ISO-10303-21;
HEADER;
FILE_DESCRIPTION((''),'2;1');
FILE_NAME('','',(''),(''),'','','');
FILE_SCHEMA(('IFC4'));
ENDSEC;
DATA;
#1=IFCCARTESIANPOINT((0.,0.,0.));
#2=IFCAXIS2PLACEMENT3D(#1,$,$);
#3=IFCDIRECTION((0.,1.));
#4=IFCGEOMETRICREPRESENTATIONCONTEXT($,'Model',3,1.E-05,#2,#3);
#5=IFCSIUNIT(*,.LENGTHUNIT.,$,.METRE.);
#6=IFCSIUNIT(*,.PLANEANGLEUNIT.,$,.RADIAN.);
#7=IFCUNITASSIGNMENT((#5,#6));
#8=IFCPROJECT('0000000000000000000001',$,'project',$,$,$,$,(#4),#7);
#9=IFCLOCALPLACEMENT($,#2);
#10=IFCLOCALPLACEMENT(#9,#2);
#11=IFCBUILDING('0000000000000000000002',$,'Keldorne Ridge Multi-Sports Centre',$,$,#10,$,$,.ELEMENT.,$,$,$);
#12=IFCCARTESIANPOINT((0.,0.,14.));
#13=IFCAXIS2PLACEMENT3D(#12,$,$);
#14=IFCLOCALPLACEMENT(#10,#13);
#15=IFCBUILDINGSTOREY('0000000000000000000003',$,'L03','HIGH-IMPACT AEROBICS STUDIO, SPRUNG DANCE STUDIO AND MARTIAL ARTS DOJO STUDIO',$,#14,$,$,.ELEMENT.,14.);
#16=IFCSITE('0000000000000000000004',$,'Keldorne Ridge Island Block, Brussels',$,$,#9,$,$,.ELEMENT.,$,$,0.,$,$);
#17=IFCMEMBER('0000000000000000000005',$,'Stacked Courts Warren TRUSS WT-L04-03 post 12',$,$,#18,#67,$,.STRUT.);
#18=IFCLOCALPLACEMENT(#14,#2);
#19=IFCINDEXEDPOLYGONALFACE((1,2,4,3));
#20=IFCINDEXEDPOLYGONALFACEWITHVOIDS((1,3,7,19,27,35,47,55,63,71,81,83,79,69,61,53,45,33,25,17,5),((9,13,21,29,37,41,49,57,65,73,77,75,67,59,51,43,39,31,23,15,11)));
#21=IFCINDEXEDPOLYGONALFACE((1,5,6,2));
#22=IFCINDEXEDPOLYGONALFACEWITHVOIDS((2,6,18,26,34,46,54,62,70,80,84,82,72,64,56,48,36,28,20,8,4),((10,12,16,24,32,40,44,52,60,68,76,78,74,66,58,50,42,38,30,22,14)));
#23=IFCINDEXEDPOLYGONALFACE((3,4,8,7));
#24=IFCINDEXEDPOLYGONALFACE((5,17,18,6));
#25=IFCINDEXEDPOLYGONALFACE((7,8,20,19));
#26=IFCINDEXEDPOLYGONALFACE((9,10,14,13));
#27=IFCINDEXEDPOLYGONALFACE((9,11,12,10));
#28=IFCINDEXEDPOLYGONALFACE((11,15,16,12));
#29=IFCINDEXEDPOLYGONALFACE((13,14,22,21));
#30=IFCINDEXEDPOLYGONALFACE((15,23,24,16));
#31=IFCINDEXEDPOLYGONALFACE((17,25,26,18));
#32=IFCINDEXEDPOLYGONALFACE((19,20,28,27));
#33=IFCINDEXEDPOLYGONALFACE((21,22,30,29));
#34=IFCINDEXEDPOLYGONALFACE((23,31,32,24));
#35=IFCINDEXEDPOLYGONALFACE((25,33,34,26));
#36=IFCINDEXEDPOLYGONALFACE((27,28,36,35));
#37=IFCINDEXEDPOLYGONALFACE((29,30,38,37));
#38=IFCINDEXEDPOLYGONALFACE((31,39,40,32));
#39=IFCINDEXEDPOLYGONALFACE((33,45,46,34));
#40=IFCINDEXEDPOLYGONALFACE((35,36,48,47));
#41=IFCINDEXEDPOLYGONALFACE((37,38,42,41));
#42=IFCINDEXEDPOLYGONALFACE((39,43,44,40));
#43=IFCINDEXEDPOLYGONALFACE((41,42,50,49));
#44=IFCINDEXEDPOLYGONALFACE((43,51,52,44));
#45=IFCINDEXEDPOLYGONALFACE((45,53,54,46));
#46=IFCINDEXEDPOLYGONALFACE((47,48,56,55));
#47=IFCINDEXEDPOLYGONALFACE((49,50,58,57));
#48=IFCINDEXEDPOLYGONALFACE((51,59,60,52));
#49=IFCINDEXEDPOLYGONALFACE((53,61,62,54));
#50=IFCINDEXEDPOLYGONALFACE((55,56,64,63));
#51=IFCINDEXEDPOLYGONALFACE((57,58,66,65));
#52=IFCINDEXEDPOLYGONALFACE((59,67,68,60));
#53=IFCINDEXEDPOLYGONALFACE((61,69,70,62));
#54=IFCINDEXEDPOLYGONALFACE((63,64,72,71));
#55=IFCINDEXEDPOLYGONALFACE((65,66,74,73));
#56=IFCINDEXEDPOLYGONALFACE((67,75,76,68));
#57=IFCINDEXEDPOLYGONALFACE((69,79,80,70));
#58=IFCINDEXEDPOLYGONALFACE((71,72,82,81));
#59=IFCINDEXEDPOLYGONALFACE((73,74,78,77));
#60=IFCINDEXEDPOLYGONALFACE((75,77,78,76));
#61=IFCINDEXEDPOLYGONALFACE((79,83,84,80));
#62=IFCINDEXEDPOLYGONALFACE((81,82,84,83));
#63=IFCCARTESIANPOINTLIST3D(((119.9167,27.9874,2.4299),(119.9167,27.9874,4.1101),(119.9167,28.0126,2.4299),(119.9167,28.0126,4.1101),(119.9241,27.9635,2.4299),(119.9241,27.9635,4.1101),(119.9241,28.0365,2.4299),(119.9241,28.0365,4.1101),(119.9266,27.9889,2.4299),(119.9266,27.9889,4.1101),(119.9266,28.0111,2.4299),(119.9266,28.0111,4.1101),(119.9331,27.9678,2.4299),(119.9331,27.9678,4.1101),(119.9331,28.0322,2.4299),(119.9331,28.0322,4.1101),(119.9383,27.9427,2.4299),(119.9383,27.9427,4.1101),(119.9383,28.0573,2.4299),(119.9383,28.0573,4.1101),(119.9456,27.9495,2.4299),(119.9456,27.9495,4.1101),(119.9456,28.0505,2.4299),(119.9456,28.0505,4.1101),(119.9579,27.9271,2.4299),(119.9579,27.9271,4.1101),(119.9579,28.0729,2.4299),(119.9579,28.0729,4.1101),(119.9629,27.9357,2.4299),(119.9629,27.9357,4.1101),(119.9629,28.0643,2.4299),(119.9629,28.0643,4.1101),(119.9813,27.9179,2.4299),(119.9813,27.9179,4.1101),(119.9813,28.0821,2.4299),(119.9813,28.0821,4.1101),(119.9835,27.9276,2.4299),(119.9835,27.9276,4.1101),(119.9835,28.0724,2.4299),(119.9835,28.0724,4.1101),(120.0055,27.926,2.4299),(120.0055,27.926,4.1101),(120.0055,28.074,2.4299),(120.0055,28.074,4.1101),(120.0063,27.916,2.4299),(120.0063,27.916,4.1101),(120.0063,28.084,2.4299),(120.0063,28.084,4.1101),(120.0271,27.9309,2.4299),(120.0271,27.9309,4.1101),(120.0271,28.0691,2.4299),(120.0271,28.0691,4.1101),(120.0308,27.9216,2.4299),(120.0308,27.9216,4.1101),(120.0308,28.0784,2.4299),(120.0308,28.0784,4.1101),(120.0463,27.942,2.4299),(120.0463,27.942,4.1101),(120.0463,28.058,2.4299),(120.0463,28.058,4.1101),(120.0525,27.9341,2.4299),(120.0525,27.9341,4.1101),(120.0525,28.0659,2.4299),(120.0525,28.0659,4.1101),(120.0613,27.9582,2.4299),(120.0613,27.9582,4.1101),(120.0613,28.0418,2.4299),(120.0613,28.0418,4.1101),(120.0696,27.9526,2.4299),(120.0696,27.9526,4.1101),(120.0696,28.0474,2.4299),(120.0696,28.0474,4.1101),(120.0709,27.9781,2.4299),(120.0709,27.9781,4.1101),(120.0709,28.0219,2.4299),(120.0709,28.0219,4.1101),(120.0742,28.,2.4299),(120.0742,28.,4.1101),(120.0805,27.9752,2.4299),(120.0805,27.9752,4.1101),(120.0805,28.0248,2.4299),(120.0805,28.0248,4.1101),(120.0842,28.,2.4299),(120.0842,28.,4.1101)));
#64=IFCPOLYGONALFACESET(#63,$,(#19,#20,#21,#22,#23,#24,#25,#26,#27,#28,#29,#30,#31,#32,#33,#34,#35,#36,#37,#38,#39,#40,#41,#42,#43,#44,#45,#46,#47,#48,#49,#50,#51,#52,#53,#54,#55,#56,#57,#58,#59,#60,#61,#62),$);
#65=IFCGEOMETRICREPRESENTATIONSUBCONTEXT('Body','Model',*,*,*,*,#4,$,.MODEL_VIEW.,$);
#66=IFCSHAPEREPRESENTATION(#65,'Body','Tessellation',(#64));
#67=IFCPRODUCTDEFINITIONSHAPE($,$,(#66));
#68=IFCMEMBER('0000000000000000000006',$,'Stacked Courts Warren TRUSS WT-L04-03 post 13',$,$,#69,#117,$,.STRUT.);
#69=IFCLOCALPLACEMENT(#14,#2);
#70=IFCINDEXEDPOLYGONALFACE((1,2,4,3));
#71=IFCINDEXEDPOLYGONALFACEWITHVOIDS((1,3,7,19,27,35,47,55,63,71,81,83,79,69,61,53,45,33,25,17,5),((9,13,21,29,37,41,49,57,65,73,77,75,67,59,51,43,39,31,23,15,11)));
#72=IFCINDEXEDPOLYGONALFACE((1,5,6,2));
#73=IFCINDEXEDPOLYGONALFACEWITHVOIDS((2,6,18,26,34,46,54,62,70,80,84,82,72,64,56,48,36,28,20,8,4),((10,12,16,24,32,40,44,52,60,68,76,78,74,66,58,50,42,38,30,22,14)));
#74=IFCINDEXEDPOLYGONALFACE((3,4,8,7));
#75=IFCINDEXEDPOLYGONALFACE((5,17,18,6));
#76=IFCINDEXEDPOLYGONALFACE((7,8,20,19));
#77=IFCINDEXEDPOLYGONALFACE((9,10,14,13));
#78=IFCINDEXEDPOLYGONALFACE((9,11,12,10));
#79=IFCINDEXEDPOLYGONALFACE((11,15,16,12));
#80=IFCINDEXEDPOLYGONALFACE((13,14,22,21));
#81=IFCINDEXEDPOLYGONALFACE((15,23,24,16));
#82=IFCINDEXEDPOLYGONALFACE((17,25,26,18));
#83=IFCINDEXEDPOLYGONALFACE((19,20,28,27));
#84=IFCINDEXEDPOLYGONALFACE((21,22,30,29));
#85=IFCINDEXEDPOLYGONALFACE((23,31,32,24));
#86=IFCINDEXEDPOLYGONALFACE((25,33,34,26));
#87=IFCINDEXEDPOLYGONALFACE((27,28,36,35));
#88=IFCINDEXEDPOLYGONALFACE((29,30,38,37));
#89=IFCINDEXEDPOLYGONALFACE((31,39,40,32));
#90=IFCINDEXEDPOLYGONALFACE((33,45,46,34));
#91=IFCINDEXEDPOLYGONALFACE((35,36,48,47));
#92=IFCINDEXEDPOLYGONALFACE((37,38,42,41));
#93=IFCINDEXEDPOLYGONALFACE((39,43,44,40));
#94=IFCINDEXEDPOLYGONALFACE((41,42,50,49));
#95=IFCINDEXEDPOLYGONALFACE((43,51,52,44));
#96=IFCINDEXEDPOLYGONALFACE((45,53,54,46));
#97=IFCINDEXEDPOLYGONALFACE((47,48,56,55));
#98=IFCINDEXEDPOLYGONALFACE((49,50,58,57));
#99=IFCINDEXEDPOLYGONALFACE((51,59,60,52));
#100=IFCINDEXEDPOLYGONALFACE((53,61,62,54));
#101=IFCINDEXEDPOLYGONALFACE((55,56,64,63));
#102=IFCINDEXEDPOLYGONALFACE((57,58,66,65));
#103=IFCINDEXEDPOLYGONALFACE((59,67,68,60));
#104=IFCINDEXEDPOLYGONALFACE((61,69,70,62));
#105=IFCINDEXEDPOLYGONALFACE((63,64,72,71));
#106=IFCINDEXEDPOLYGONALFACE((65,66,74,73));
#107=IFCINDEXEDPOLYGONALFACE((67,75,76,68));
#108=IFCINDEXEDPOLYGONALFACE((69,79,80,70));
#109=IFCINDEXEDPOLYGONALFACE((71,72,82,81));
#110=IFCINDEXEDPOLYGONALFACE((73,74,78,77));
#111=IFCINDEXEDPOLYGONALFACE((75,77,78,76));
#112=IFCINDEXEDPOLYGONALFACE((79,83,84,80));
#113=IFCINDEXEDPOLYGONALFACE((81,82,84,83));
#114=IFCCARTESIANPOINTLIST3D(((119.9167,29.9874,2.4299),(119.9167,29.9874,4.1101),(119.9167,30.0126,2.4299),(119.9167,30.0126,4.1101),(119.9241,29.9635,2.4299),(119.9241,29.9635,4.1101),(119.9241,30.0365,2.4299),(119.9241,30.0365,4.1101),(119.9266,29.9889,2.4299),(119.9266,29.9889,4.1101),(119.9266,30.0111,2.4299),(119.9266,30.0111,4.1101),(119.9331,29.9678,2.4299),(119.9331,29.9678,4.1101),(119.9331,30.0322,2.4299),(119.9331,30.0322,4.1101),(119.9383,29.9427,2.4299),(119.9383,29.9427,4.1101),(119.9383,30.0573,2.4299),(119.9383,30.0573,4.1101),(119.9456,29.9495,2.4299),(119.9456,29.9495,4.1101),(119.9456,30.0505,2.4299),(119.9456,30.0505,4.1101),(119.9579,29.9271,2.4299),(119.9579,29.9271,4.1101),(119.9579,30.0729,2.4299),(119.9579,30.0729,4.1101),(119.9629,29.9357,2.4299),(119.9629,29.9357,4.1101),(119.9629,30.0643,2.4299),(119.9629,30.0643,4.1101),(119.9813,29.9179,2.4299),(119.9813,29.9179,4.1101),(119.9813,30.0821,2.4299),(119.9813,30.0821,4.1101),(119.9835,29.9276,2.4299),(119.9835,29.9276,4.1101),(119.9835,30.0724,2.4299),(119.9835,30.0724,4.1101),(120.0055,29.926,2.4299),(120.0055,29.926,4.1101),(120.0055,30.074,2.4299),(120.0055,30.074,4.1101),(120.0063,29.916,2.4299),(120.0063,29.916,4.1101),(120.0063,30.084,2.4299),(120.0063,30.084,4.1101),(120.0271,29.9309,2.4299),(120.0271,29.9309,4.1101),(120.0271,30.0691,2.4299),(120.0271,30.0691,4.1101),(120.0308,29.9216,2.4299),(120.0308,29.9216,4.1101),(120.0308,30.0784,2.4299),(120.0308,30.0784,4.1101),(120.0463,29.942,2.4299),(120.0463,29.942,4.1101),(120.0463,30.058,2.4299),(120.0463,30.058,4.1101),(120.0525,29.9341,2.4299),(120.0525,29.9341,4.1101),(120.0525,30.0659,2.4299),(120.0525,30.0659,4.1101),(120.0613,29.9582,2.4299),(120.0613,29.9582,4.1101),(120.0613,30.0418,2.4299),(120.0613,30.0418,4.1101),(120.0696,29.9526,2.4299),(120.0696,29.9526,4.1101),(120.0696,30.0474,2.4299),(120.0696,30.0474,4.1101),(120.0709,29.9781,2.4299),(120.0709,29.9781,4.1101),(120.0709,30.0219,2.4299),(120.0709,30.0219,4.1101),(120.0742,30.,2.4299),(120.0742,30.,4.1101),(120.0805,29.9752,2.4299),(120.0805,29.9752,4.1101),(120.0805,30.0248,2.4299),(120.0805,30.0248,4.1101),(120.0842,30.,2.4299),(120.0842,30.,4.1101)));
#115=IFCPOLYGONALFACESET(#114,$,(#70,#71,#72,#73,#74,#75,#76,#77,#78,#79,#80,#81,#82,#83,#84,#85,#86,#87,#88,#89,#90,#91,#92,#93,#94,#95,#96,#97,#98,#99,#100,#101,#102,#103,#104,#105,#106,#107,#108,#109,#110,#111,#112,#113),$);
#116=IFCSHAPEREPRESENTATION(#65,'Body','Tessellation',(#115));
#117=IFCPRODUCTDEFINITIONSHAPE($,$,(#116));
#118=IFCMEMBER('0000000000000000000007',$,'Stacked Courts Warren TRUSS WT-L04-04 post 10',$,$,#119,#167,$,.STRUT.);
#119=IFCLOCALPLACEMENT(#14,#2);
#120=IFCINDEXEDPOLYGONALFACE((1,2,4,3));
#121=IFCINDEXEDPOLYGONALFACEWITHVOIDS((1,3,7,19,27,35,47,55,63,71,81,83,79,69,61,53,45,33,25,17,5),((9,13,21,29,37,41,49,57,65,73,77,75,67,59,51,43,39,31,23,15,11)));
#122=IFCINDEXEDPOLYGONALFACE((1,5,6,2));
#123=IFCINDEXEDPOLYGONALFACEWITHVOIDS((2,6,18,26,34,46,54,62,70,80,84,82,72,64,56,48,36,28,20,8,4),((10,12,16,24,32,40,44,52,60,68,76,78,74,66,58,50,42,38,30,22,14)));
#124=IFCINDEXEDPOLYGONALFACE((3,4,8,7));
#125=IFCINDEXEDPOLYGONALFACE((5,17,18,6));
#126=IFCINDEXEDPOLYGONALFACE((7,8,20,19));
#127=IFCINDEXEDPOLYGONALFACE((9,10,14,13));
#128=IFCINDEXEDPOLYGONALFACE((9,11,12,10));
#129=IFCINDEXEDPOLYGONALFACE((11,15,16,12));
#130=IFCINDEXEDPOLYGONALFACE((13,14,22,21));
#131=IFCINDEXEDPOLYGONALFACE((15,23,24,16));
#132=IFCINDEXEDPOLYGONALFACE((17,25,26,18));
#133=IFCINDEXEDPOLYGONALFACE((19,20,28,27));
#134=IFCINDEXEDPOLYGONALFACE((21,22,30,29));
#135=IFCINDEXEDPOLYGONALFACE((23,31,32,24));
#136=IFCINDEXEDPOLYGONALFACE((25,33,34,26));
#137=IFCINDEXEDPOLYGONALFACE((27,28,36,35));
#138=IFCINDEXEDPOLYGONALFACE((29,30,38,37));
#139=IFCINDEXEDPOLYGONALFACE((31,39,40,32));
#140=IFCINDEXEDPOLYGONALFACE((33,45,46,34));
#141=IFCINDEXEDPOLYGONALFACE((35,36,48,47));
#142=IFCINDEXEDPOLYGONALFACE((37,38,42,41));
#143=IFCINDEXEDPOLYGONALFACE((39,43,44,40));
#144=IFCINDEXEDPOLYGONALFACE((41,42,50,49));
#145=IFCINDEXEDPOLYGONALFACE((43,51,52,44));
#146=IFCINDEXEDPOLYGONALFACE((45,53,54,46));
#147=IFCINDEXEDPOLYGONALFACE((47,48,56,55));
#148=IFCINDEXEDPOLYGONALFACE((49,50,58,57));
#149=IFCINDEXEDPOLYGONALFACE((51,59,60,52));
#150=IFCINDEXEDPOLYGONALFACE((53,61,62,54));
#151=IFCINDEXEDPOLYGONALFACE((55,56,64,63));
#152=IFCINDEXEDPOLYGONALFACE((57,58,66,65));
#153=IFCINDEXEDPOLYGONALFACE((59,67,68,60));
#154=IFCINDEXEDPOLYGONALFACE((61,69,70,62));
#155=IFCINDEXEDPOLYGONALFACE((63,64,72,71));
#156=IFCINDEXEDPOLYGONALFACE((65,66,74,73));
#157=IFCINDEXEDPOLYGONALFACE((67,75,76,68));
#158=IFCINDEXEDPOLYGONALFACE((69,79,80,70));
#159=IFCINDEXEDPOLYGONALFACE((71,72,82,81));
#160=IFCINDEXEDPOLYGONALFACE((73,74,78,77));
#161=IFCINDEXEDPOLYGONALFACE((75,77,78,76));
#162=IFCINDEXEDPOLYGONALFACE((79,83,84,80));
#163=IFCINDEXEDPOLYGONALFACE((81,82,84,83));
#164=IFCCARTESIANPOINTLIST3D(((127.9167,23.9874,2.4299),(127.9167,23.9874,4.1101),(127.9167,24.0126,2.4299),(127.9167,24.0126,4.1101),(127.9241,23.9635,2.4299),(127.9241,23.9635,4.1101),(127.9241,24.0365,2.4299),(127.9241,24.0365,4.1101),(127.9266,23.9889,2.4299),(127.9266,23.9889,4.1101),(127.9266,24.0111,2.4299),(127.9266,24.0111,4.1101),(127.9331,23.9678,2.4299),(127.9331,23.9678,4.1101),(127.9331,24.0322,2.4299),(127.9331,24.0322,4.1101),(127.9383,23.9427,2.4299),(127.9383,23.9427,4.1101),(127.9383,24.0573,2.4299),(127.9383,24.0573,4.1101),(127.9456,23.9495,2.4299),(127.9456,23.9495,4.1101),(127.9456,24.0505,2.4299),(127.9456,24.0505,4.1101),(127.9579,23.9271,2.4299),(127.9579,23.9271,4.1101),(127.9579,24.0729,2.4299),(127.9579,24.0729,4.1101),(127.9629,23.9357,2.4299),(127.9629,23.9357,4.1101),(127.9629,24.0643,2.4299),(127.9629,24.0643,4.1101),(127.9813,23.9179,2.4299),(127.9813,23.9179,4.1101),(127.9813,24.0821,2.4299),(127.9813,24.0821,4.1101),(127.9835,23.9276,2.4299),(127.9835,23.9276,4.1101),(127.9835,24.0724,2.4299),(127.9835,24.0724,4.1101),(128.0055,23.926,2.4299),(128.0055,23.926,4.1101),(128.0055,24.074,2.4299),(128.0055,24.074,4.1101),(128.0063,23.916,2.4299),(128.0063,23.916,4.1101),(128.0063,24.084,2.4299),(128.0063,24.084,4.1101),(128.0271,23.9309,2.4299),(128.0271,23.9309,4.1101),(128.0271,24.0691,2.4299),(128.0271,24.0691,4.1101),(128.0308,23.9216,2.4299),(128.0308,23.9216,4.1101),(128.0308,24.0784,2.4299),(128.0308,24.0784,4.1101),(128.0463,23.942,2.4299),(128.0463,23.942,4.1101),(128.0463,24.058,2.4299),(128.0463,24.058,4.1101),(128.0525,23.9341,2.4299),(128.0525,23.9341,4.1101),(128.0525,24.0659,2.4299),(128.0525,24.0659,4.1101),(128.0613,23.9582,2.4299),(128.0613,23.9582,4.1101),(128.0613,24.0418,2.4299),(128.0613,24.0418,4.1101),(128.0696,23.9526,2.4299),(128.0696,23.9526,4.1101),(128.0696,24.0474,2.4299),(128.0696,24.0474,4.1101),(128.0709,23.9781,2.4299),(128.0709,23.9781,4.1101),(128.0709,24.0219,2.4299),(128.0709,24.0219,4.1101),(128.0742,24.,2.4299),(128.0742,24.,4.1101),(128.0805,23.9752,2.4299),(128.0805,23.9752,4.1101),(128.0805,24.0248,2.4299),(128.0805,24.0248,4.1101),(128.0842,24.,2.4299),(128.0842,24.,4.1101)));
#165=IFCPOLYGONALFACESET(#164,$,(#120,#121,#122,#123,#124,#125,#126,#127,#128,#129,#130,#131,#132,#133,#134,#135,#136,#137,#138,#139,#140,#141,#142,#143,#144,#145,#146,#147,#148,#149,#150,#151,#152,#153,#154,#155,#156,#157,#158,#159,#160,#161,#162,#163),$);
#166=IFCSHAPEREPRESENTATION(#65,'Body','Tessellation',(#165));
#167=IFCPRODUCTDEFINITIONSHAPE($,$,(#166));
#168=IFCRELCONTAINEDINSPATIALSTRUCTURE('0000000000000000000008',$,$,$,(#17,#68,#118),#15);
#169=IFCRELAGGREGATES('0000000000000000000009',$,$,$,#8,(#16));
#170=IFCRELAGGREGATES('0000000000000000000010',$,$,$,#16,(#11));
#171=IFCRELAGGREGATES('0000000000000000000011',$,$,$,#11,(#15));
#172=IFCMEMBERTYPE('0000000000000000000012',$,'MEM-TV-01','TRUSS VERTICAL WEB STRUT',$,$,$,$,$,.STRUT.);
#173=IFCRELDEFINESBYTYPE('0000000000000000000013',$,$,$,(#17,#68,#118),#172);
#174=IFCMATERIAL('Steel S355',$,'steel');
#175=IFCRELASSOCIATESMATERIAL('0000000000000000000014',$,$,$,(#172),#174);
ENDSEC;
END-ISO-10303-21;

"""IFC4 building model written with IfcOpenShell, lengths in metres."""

from ifc_helpers import new_model, si_unit, direction, frame, origin, origin_2d, place, context, subcontext, project, spatial, hollow_circle, extrude, material, material_profile, profile_set, type_object, element, save


model = new_model("IFC4")

# Units and contexts
model_context = context("Model", 3, precision=1e-05, world=origin(), true_north=direction((0.0, 1.0)))
body_context = subcontext(model_context, "Body", "Model", "MODEL_VIEW")
ifc_project = project(units=[si_unit("LENGTHUNIT", "METRE"), si_unit("PLANEANGLEUNIT", "RADIAN")], contexts=[model_context])

# Site, building, storey
site_placement = place(None, origin())
site = spatial("IfcSite", under=ifc_project, at=site_placement, Name="Keldorne Ridge Island Block, Brussels", CompositionType="ELEMENT", RefElevation=0.0)
building_placement = place(site_placement, origin())
building = spatial("IfcBuilding", under=site, at=building_placement, Name="Keldorne Ridge Multi-Sports Centre", CompositionType="ELEMENT")
storey_placement = place(building_placement, frame((0.0, 0.0, 14.0)))
storey = spatial("IfcBuildingStorey", under=building, at=storey_placement, Name="L03", Description="HIGH-IMPACT AEROBICS STUDIO, SPRUNG DANCE STUDIO AND MARTIAL ARTS DOJO STUDIO", CompositionType="ELEMENT", Elevation=14.0)

# Members
ifc_material = material(Name="Steel S355", Category="steel")
ifc_material_profile_1 = material_profile(ifc_material, hollow_circle(Radius=0.0842, WallThickness=0.01, at=origin_2d()), Name="CHS 168.3x10")
ifc_profile_set_1 = profile_set([ifc_material_profile_1], Name="Steel S355")
member_type_1 = type_object("IfcMemberType", Name="MEM-TV-01", Description="TRUSS VERTICAL WEB STRUT", PredefinedType="STRUT", material=ifc_profile_set_1)
for number, where, z_axis, x_axis, name in (
    (1, (120.0, 28.0, 2.4299), (0.0, 0.0, 1.0), (1.0, 0.0, 0.0), "Stacked Courts Warren TRUSS WT-L04-03 post 12"),
    (2, (120.0, 30.0, 2.4299), (0.0, 0.0, 1.0), (1.0, 0.0, 0.0), "Stacked Courts Warren TRUSS WT-L04-03 post 13"),
    (3, (128.0, 24.0, 2.4299), (0.0, 0.0, 1.0), (1.0, 0.0, 0.0), "Stacked Courts Warren TRUSS WT-L04-04 post 10"),
):
    element("IfcMember", number, at=place(storey_placement, frame(where, z_axis=z_axis, x_axis=x_axis)), inside=storey, type_object=member_type_1, Name=name, PredefinedType="STRUT", context=body_context, shape_type="SweptSolid", body=[
        extrude(hollow_circle(Radius=0.0842, WallThickness=0.01, at=origin_2d()), origin(), (0.0, 0.0, 1.0), 1.6802),
    ])

save(model, "model.ifc")
